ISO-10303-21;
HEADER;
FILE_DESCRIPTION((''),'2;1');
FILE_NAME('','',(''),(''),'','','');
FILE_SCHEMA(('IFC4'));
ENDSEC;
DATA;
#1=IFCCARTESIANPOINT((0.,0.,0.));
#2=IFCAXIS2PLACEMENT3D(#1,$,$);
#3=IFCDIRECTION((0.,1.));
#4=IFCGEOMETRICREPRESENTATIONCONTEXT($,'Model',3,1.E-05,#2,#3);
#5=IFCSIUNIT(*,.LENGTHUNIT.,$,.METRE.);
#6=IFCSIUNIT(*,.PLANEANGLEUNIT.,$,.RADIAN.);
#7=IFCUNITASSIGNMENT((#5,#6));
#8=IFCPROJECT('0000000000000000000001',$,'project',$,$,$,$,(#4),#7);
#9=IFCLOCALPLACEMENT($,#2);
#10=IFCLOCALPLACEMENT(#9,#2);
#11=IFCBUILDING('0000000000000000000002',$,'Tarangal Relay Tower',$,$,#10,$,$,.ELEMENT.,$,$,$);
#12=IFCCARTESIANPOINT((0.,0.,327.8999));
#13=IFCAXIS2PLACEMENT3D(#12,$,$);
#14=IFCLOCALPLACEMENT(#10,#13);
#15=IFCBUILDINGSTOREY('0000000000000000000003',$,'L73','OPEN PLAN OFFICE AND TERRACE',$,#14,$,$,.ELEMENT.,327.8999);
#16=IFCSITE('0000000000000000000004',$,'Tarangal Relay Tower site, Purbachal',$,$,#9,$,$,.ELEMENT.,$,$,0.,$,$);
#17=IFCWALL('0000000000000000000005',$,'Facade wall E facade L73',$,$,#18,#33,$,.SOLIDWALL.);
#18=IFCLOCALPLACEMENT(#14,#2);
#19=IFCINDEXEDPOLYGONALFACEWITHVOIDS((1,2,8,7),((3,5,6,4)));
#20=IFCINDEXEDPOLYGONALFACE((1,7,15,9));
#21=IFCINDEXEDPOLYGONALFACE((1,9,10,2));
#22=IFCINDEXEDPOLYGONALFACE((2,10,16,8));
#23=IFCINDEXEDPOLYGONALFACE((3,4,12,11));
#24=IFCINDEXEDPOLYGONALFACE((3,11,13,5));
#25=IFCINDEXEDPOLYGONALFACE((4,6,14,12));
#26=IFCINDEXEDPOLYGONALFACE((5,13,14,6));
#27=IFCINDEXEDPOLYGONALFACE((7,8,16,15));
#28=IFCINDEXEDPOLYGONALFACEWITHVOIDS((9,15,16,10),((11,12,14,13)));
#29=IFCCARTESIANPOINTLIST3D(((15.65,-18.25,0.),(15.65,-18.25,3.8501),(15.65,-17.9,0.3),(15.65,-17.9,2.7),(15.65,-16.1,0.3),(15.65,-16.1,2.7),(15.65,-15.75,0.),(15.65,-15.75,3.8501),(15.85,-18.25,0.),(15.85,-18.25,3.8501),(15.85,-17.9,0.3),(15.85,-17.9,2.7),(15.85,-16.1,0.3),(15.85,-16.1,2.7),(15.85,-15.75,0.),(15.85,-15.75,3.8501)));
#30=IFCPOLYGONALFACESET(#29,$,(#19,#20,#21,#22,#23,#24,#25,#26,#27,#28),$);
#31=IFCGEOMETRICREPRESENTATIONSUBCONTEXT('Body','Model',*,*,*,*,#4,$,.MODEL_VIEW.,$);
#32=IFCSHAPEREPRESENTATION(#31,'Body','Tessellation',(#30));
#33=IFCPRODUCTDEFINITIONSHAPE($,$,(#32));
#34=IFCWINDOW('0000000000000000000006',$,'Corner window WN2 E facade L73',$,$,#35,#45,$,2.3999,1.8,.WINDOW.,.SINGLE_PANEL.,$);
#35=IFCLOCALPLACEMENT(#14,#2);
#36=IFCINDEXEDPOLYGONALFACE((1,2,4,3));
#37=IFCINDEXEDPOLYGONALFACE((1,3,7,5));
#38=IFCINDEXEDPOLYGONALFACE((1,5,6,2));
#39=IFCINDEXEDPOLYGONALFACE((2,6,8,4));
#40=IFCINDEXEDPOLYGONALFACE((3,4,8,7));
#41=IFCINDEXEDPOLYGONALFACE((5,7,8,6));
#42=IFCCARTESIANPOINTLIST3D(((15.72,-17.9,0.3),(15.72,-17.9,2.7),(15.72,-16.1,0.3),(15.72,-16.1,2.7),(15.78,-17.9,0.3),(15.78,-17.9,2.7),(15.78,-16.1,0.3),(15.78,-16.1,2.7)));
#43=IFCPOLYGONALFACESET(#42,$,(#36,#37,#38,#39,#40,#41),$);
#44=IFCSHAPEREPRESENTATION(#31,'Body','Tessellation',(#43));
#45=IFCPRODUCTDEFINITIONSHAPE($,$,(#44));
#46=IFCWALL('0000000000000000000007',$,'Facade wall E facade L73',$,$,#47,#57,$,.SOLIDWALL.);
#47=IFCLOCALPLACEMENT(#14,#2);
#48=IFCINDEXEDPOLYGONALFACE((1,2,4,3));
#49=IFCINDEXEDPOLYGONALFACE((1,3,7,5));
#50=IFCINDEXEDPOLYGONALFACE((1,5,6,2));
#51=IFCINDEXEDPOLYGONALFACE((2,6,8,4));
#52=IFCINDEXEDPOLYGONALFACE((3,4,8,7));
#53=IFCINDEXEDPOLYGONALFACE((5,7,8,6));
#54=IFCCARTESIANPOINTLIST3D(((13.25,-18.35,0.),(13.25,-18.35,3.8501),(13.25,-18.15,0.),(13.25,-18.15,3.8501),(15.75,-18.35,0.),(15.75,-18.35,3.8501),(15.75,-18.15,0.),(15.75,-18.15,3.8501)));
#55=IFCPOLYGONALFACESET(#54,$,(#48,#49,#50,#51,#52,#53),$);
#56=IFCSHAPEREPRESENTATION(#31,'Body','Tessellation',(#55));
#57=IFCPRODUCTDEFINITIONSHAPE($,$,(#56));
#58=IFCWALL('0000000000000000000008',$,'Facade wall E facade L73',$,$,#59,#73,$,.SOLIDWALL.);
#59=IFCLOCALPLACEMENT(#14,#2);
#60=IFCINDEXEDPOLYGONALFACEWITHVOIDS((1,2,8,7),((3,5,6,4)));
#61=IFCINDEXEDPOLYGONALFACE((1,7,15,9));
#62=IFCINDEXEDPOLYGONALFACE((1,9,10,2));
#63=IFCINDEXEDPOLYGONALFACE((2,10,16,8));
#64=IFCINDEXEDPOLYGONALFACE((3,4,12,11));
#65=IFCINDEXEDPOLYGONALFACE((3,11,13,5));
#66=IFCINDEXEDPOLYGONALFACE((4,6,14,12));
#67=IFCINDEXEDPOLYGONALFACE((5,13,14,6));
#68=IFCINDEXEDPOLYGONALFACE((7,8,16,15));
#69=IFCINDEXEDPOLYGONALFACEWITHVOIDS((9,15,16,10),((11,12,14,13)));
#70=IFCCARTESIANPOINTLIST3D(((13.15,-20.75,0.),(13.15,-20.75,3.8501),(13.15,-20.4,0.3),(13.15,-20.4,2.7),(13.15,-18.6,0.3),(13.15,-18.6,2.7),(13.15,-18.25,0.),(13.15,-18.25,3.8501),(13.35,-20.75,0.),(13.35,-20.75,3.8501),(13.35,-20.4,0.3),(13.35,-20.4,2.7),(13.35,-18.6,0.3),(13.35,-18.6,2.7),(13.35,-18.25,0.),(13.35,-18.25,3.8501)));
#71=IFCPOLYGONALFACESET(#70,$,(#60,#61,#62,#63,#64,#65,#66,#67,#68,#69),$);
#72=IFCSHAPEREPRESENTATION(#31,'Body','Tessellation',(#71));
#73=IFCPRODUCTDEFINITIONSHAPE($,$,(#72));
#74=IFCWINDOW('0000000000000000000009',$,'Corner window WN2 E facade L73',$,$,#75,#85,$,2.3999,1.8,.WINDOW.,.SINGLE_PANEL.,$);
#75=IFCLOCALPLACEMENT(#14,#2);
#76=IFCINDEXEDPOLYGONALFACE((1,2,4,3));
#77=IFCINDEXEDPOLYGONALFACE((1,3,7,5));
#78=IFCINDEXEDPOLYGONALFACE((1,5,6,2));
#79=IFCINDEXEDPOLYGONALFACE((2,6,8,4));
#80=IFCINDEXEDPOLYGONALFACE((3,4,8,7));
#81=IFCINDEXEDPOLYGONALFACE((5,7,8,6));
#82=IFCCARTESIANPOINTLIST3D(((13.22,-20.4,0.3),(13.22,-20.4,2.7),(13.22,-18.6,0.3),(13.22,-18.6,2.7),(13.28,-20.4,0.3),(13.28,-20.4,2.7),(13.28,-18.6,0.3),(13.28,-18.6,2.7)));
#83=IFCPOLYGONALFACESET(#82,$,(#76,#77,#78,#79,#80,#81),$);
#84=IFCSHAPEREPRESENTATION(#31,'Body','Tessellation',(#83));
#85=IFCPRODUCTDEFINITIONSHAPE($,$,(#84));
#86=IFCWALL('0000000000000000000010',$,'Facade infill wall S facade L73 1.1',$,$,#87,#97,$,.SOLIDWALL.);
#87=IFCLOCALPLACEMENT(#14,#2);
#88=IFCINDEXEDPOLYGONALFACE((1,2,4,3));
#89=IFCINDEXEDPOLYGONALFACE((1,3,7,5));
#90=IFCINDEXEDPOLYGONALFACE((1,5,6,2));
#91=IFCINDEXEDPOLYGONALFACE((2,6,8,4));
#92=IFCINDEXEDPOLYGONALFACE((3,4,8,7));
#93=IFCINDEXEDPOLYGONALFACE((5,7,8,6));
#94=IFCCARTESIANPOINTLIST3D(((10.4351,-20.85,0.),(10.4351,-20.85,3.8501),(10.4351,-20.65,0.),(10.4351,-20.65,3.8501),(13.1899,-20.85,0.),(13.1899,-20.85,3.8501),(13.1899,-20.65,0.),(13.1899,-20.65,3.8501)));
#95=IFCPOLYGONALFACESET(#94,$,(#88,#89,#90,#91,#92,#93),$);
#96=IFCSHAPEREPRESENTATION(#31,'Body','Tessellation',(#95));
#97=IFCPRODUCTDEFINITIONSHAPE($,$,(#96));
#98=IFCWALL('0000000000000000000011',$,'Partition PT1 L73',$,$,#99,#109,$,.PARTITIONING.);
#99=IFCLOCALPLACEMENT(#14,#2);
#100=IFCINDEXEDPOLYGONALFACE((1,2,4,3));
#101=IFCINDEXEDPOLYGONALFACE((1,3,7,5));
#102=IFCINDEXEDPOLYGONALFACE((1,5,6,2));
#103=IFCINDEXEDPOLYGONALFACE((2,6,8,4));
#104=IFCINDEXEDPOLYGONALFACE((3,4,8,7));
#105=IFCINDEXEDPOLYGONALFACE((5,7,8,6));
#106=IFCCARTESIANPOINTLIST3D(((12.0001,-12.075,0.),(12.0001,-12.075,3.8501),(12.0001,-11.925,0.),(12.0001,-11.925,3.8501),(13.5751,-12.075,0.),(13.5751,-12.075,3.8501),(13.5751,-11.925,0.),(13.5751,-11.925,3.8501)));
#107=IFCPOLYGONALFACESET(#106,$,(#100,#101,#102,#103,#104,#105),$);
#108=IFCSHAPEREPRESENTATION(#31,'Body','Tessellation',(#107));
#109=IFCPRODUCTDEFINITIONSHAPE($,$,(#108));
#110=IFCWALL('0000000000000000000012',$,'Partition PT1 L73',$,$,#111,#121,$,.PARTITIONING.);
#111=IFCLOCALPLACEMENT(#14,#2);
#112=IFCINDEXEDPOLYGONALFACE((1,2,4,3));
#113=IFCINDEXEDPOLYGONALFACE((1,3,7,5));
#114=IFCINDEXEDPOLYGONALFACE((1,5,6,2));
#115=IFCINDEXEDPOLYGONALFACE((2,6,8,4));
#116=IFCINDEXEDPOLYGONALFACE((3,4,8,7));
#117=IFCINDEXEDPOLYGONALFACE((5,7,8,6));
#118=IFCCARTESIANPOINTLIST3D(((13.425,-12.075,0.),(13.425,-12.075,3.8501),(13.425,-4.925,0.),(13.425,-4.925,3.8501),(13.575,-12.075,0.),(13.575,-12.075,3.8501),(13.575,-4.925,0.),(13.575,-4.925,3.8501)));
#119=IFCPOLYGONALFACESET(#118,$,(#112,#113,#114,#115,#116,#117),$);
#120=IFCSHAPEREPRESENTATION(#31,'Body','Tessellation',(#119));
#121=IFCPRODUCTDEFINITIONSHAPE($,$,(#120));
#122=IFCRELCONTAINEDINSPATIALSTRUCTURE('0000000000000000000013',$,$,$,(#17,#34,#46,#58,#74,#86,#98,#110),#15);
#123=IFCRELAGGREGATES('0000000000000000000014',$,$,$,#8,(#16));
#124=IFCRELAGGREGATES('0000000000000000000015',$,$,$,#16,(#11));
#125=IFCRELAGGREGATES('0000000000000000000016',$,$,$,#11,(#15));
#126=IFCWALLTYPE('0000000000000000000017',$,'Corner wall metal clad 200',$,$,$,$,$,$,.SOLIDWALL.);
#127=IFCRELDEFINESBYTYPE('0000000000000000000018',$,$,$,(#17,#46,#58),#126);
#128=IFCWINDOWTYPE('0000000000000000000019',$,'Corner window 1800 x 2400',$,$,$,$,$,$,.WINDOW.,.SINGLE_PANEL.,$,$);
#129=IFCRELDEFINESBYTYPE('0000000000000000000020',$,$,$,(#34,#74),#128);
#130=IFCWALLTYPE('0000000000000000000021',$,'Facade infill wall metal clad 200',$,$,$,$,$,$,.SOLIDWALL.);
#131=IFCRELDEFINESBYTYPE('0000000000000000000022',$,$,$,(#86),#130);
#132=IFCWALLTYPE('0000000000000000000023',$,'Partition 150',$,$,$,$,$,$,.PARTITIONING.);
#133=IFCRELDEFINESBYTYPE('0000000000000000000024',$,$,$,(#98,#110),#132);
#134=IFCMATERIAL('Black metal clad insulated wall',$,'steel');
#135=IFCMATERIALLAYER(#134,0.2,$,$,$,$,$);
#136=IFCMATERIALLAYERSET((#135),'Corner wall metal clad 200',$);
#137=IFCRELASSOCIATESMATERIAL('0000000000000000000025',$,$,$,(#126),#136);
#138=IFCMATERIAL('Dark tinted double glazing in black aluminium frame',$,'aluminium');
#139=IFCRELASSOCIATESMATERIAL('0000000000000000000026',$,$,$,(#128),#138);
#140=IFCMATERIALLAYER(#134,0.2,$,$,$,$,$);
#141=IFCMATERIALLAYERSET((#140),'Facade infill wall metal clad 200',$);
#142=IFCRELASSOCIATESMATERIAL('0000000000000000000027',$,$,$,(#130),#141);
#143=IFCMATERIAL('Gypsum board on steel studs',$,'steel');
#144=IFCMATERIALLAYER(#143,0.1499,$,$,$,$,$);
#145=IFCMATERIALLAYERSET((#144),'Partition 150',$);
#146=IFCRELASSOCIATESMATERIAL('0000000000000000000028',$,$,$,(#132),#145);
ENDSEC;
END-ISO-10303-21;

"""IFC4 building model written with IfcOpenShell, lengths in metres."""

from ifc_helpers import new_model, si_unit, direction, frame, frame_2d, origin, place, context, subcontext, project, spatial, rectangle, extrude, material, layer, layer_set, type_object, element, fill, save


model = new_model("IFC4")

# Units and contexts
model_context = context("Model", 3, precision=1e-05, world=origin(), true_north=direction((0.0, 1.0)))
body_context = subcontext(model_context, "Body", "Model", "MODEL_VIEW")
ifc_project = project(units=[si_unit("LENGTHUNIT", "METRE"), si_unit("PLANEANGLEUNIT", "RADIAN")], contexts=[model_context])

# Site, building, storey
site_placement = place(None, origin())
site = spatial("IfcSite", under=ifc_project, at=site_placement, Name="Tarangal Relay Tower site, Purbachal", CompositionType="ELEMENT", RefElevation=0.0)
building_placement = place(site_placement, origin())
building = spatial("IfcBuilding", under=site, at=building_placement, Name="Tarangal Relay Tower", CompositionType="ELEMENT")
storey_placement = place(building_placement, frame((0.0, 0.0, 327.8999)))
storey = spatial("IfcBuildingStorey", under=building, at=storey_placement, Name="L73", Description="OPEN PLAN OFFICE AND TERRACE", CompositionType="ELEMENT", Elevation=327.8999)

# Shared definitions
ifc_material_1 = material(Name="Black metal clad insulated wall", Category="steel")
ifc_layer_1 = layer(ifc_material_1, 0.2)
ifc_layer_set_1 = layer_set([ifc_layer_1], Name="Corner wall metal clad 200")
wall_type_1 = type_object("IfcWallType", Name="Corner wall metal clad 200", PredefinedType="SOLIDWALL", material=ifc_layer_set_1)

# Shared definitions
ifc_material_2 = material(Name="Dark tinted double glazing in black aluminium frame", Category="aluminium")
window_type = type_object("IfcWindowType", Name="Corner window 1800 x 2400", PartitioningType="SINGLE_PANEL", PredefinedType="WINDOW", material=ifc_material_2)

# Wall, opening, window
wall_1_placement = place(storey_placement, frame((15.75, -15.75, 0.0), z_axis=(0.0, 0.0, 1.0), x_axis=(0.0, -1.0, 0.0)))
wall_1 = element("IfcWall", 1, at=wall_1_placement, inside=storey, type_object=wall_type_1, Name="Facade wall E facade L73", PredefinedType="SOLIDWALL", context=body_context, shape_type="SweptSolid", body=[
    extrude(rectangle(XDim=2.5, YDim=0.2, at=frame_2d((1.25, 0.0))), origin(), (0.0, 0.0, 1.0), 3.8501),
])
opening_1_placement = place(wall_1_placement, frame((0.3501, 0.0, 0.3)))
opening_1 = element("IfcOpeningElement", 2, at=opening_1_placement, cuts=wall_1, PredefinedType="OPENING", context=body_context, shape_type="SweptSolid", body=[
    extrude(rectangle(XDim=1.8, YDim=2.3999, at=frame_2d((0.8999, 1.2))), frame((0.0, 0.1099, 0.0), z_axis=(0.0, -1.0, 0.0), x_axis=(1.0, 0.0, 0.0)), (0.0, 0.0, 1.0), 0.22),
])
window_1_placement = place(opening_1_placement, origin())
window_1 = element("IfcWindow", 3, at=window_1_placement, inside=storey, type_object=window_type, Name="Corner window WN2 E facade L73", OverallHeight=2.3999, OverallWidth=1.8, PartitioningType="SINGLE_PANEL", PredefinedType="WINDOW", context=body_context, shape_type="SweptSolid", body=[
    extrude(rectangle(XDim=1.8, YDim=2.3999, at=frame_2d((0.8999, 1.2))), frame((0.0, 0.03, 0.0), z_axis=(0.0, -1.0, 0.0), x_axis=(1.0, 0.0, 0.0)), (0.0, 0.0, 1.0), 0.0601),
])
fill(opening_1, window_1)

# Wall
wall_2_placement = place(storey_placement, frame((15.75, -18.25, 0.0), z_axis=(0.0, 0.0, 1.0), x_axis=(-1.0, 0.0, 0.0)))
element("IfcWall", 4, at=wall_2_placement, inside=storey, type_object=wall_type_1, Name="Facade wall E facade L73", PredefinedType="SOLIDWALL", context=body_context, shape_type="SweptSolid", body=[
    extrude(rectangle(XDim=2.5, YDim=0.2, at=frame_2d((1.25, 0.0))), origin(), (0.0, 0.0, 1.0), 3.8501),
])

# Wall, opening, window
wall_3_placement = place(storey_placement, frame((13.25, -18.25, 0.0), z_axis=(0.0, 0.0, 1.0), x_axis=(0.0, -1.0, 0.0)))
wall_3 = element("IfcWall", 5, at=wall_3_placement, inside=storey, type_object=wall_type_1, Name="Facade wall E facade L73", PredefinedType="SOLIDWALL", context=body_context, shape_type="SweptSolid", body=[
    extrude(rectangle(XDim=2.5, YDim=0.2, at=frame_2d((1.25, 0.0))), origin(), (0.0, 0.0, 1.0), 3.8501),
])
opening_2_placement = place(wall_3_placement, frame((0.3501, 0.0, 0.3)))
opening_2 = element("IfcOpeningElement", 6, at=opening_2_placement, cuts=wall_3, PredefinedType="OPENING", context=body_context, shape_type="SweptSolid", body=[
    extrude(rectangle(XDim=1.8, YDim=2.3999, at=frame_2d((0.8999, 1.2))), frame((0.0, 0.1099, 0.0), z_axis=(0.0, -1.0, 0.0), x_axis=(1.0, 0.0, 0.0)), (0.0, 0.0, 1.0), 0.22),
])
window_2_placement = place(opening_2_placement, origin())
window_2 = element("IfcWindow", 7, at=window_2_placement, inside=storey, type_object=window_type, Name="Corner window WN2 E facade L73", OverallHeight=2.3999, OverallWidth=1.8, PartitioningType="SINGLE_PANEL", PredefinedType="WINDOW", context=body_context, shape_type="SweptSolid", body=[
    extrude(rectangle(XDim=1.8, YDim=2.3999, at=frame_2d((0.8999, 1.2))), frame((0.0, 0.03, 0.0), z_axis=(0.0, -1.0, 0.0), x_axis=(1.0, 0.0, 0.0)), (0.0, 0.0, 1.0), 0.0601),
])
fill(opening_2, window_2)

# Walls
ifc_layer_2 = layer(ifc_material_1, 0.2)
ifc_layer_set_2 = layer_set([ifc_layer_2], Name="Facade infill wall metal clad 200")
wall_type_2 = type_object("IfcWallType", Name="Facade infill wall metal clad 200", PredefinedType="SOLIDWALL", material=ifc_layer_set_2)
wall_4_placement = place(storey_placement, frame((13.1899, -20.75, 0.0), z_axis=(0.0, 0.0, 1.0), x_axis=(-1.0, 0.0, 0.0)))
element("IfcWall", 8, at=wall_4_placement, inside=storey, type_object=wall_type_2, Name="Facade infill wall S facade L73 1.1", PredefinedType="SOLIDWALL", context=body_context, shape_type="SweptSolid", body=[
    extrude(rectangle(XDim=2.7549, YDim=0.2, at=frame_2d((1.3774, 0.0))), origin(), (0.0, 0.0, 1.0), 3.8501),
])
ifc_material_3 = material(Name="Gypsum board on steel studs", Category="steel")
ifc_layer_3 = layer(ifc_material_3, 0.1499)
ifc_layer_set_3 = layer_set([ifc_layer_3], Name="Partition 150")
wall_type_3 = type_object("IfcWallType", Name="Partition 150", PredefinedType="PARTITIONING", material=ifc_layer_set_3)
wall_5_placement = place(storey_placement, frame((12.0, -12.0, 0.0), z_axis=(0.0, 0.0, 1.0), x_axis=(1.0, 0.0, 0.0)))
element("IfcWall", 9, at=wall_5_placement, inside=storey, type_object=wall_type_3, Name="Partition PT1 L73", PredefinedType="PARTITIONING", context=body_context, shape_type="SweptSolid", body=[
    extrude(rectangle(XDim=1.575, YDim=0.1499, at=frame_2d((0.7876, 0.0))), origin(), (0.0, 0.0, 1.0), 3.8501),
])
wall_6_placement = place(storey_placement, frame((13.5, -12.075, 0.0), z_axis=(0.0, 0.0, 1.0), x_axis=(0.0, 1.0, 0.0)))
element("IfcWall", 10, at=wall_6_placement, inside=storey, type_object=wall_type_3, Name="Partition PT1 L73", PredefinedType="PARTITIONING", context=body_context, shape_type="SweptSolid", body=[
    extrude(rectangle(XDim=7.1499, YDim=0.1499, at=frame_2d((3.575, 0.0))), origin(), (0.0, 0.0, 1.0), 3.8501),
])

save(model, "model.ifc")
